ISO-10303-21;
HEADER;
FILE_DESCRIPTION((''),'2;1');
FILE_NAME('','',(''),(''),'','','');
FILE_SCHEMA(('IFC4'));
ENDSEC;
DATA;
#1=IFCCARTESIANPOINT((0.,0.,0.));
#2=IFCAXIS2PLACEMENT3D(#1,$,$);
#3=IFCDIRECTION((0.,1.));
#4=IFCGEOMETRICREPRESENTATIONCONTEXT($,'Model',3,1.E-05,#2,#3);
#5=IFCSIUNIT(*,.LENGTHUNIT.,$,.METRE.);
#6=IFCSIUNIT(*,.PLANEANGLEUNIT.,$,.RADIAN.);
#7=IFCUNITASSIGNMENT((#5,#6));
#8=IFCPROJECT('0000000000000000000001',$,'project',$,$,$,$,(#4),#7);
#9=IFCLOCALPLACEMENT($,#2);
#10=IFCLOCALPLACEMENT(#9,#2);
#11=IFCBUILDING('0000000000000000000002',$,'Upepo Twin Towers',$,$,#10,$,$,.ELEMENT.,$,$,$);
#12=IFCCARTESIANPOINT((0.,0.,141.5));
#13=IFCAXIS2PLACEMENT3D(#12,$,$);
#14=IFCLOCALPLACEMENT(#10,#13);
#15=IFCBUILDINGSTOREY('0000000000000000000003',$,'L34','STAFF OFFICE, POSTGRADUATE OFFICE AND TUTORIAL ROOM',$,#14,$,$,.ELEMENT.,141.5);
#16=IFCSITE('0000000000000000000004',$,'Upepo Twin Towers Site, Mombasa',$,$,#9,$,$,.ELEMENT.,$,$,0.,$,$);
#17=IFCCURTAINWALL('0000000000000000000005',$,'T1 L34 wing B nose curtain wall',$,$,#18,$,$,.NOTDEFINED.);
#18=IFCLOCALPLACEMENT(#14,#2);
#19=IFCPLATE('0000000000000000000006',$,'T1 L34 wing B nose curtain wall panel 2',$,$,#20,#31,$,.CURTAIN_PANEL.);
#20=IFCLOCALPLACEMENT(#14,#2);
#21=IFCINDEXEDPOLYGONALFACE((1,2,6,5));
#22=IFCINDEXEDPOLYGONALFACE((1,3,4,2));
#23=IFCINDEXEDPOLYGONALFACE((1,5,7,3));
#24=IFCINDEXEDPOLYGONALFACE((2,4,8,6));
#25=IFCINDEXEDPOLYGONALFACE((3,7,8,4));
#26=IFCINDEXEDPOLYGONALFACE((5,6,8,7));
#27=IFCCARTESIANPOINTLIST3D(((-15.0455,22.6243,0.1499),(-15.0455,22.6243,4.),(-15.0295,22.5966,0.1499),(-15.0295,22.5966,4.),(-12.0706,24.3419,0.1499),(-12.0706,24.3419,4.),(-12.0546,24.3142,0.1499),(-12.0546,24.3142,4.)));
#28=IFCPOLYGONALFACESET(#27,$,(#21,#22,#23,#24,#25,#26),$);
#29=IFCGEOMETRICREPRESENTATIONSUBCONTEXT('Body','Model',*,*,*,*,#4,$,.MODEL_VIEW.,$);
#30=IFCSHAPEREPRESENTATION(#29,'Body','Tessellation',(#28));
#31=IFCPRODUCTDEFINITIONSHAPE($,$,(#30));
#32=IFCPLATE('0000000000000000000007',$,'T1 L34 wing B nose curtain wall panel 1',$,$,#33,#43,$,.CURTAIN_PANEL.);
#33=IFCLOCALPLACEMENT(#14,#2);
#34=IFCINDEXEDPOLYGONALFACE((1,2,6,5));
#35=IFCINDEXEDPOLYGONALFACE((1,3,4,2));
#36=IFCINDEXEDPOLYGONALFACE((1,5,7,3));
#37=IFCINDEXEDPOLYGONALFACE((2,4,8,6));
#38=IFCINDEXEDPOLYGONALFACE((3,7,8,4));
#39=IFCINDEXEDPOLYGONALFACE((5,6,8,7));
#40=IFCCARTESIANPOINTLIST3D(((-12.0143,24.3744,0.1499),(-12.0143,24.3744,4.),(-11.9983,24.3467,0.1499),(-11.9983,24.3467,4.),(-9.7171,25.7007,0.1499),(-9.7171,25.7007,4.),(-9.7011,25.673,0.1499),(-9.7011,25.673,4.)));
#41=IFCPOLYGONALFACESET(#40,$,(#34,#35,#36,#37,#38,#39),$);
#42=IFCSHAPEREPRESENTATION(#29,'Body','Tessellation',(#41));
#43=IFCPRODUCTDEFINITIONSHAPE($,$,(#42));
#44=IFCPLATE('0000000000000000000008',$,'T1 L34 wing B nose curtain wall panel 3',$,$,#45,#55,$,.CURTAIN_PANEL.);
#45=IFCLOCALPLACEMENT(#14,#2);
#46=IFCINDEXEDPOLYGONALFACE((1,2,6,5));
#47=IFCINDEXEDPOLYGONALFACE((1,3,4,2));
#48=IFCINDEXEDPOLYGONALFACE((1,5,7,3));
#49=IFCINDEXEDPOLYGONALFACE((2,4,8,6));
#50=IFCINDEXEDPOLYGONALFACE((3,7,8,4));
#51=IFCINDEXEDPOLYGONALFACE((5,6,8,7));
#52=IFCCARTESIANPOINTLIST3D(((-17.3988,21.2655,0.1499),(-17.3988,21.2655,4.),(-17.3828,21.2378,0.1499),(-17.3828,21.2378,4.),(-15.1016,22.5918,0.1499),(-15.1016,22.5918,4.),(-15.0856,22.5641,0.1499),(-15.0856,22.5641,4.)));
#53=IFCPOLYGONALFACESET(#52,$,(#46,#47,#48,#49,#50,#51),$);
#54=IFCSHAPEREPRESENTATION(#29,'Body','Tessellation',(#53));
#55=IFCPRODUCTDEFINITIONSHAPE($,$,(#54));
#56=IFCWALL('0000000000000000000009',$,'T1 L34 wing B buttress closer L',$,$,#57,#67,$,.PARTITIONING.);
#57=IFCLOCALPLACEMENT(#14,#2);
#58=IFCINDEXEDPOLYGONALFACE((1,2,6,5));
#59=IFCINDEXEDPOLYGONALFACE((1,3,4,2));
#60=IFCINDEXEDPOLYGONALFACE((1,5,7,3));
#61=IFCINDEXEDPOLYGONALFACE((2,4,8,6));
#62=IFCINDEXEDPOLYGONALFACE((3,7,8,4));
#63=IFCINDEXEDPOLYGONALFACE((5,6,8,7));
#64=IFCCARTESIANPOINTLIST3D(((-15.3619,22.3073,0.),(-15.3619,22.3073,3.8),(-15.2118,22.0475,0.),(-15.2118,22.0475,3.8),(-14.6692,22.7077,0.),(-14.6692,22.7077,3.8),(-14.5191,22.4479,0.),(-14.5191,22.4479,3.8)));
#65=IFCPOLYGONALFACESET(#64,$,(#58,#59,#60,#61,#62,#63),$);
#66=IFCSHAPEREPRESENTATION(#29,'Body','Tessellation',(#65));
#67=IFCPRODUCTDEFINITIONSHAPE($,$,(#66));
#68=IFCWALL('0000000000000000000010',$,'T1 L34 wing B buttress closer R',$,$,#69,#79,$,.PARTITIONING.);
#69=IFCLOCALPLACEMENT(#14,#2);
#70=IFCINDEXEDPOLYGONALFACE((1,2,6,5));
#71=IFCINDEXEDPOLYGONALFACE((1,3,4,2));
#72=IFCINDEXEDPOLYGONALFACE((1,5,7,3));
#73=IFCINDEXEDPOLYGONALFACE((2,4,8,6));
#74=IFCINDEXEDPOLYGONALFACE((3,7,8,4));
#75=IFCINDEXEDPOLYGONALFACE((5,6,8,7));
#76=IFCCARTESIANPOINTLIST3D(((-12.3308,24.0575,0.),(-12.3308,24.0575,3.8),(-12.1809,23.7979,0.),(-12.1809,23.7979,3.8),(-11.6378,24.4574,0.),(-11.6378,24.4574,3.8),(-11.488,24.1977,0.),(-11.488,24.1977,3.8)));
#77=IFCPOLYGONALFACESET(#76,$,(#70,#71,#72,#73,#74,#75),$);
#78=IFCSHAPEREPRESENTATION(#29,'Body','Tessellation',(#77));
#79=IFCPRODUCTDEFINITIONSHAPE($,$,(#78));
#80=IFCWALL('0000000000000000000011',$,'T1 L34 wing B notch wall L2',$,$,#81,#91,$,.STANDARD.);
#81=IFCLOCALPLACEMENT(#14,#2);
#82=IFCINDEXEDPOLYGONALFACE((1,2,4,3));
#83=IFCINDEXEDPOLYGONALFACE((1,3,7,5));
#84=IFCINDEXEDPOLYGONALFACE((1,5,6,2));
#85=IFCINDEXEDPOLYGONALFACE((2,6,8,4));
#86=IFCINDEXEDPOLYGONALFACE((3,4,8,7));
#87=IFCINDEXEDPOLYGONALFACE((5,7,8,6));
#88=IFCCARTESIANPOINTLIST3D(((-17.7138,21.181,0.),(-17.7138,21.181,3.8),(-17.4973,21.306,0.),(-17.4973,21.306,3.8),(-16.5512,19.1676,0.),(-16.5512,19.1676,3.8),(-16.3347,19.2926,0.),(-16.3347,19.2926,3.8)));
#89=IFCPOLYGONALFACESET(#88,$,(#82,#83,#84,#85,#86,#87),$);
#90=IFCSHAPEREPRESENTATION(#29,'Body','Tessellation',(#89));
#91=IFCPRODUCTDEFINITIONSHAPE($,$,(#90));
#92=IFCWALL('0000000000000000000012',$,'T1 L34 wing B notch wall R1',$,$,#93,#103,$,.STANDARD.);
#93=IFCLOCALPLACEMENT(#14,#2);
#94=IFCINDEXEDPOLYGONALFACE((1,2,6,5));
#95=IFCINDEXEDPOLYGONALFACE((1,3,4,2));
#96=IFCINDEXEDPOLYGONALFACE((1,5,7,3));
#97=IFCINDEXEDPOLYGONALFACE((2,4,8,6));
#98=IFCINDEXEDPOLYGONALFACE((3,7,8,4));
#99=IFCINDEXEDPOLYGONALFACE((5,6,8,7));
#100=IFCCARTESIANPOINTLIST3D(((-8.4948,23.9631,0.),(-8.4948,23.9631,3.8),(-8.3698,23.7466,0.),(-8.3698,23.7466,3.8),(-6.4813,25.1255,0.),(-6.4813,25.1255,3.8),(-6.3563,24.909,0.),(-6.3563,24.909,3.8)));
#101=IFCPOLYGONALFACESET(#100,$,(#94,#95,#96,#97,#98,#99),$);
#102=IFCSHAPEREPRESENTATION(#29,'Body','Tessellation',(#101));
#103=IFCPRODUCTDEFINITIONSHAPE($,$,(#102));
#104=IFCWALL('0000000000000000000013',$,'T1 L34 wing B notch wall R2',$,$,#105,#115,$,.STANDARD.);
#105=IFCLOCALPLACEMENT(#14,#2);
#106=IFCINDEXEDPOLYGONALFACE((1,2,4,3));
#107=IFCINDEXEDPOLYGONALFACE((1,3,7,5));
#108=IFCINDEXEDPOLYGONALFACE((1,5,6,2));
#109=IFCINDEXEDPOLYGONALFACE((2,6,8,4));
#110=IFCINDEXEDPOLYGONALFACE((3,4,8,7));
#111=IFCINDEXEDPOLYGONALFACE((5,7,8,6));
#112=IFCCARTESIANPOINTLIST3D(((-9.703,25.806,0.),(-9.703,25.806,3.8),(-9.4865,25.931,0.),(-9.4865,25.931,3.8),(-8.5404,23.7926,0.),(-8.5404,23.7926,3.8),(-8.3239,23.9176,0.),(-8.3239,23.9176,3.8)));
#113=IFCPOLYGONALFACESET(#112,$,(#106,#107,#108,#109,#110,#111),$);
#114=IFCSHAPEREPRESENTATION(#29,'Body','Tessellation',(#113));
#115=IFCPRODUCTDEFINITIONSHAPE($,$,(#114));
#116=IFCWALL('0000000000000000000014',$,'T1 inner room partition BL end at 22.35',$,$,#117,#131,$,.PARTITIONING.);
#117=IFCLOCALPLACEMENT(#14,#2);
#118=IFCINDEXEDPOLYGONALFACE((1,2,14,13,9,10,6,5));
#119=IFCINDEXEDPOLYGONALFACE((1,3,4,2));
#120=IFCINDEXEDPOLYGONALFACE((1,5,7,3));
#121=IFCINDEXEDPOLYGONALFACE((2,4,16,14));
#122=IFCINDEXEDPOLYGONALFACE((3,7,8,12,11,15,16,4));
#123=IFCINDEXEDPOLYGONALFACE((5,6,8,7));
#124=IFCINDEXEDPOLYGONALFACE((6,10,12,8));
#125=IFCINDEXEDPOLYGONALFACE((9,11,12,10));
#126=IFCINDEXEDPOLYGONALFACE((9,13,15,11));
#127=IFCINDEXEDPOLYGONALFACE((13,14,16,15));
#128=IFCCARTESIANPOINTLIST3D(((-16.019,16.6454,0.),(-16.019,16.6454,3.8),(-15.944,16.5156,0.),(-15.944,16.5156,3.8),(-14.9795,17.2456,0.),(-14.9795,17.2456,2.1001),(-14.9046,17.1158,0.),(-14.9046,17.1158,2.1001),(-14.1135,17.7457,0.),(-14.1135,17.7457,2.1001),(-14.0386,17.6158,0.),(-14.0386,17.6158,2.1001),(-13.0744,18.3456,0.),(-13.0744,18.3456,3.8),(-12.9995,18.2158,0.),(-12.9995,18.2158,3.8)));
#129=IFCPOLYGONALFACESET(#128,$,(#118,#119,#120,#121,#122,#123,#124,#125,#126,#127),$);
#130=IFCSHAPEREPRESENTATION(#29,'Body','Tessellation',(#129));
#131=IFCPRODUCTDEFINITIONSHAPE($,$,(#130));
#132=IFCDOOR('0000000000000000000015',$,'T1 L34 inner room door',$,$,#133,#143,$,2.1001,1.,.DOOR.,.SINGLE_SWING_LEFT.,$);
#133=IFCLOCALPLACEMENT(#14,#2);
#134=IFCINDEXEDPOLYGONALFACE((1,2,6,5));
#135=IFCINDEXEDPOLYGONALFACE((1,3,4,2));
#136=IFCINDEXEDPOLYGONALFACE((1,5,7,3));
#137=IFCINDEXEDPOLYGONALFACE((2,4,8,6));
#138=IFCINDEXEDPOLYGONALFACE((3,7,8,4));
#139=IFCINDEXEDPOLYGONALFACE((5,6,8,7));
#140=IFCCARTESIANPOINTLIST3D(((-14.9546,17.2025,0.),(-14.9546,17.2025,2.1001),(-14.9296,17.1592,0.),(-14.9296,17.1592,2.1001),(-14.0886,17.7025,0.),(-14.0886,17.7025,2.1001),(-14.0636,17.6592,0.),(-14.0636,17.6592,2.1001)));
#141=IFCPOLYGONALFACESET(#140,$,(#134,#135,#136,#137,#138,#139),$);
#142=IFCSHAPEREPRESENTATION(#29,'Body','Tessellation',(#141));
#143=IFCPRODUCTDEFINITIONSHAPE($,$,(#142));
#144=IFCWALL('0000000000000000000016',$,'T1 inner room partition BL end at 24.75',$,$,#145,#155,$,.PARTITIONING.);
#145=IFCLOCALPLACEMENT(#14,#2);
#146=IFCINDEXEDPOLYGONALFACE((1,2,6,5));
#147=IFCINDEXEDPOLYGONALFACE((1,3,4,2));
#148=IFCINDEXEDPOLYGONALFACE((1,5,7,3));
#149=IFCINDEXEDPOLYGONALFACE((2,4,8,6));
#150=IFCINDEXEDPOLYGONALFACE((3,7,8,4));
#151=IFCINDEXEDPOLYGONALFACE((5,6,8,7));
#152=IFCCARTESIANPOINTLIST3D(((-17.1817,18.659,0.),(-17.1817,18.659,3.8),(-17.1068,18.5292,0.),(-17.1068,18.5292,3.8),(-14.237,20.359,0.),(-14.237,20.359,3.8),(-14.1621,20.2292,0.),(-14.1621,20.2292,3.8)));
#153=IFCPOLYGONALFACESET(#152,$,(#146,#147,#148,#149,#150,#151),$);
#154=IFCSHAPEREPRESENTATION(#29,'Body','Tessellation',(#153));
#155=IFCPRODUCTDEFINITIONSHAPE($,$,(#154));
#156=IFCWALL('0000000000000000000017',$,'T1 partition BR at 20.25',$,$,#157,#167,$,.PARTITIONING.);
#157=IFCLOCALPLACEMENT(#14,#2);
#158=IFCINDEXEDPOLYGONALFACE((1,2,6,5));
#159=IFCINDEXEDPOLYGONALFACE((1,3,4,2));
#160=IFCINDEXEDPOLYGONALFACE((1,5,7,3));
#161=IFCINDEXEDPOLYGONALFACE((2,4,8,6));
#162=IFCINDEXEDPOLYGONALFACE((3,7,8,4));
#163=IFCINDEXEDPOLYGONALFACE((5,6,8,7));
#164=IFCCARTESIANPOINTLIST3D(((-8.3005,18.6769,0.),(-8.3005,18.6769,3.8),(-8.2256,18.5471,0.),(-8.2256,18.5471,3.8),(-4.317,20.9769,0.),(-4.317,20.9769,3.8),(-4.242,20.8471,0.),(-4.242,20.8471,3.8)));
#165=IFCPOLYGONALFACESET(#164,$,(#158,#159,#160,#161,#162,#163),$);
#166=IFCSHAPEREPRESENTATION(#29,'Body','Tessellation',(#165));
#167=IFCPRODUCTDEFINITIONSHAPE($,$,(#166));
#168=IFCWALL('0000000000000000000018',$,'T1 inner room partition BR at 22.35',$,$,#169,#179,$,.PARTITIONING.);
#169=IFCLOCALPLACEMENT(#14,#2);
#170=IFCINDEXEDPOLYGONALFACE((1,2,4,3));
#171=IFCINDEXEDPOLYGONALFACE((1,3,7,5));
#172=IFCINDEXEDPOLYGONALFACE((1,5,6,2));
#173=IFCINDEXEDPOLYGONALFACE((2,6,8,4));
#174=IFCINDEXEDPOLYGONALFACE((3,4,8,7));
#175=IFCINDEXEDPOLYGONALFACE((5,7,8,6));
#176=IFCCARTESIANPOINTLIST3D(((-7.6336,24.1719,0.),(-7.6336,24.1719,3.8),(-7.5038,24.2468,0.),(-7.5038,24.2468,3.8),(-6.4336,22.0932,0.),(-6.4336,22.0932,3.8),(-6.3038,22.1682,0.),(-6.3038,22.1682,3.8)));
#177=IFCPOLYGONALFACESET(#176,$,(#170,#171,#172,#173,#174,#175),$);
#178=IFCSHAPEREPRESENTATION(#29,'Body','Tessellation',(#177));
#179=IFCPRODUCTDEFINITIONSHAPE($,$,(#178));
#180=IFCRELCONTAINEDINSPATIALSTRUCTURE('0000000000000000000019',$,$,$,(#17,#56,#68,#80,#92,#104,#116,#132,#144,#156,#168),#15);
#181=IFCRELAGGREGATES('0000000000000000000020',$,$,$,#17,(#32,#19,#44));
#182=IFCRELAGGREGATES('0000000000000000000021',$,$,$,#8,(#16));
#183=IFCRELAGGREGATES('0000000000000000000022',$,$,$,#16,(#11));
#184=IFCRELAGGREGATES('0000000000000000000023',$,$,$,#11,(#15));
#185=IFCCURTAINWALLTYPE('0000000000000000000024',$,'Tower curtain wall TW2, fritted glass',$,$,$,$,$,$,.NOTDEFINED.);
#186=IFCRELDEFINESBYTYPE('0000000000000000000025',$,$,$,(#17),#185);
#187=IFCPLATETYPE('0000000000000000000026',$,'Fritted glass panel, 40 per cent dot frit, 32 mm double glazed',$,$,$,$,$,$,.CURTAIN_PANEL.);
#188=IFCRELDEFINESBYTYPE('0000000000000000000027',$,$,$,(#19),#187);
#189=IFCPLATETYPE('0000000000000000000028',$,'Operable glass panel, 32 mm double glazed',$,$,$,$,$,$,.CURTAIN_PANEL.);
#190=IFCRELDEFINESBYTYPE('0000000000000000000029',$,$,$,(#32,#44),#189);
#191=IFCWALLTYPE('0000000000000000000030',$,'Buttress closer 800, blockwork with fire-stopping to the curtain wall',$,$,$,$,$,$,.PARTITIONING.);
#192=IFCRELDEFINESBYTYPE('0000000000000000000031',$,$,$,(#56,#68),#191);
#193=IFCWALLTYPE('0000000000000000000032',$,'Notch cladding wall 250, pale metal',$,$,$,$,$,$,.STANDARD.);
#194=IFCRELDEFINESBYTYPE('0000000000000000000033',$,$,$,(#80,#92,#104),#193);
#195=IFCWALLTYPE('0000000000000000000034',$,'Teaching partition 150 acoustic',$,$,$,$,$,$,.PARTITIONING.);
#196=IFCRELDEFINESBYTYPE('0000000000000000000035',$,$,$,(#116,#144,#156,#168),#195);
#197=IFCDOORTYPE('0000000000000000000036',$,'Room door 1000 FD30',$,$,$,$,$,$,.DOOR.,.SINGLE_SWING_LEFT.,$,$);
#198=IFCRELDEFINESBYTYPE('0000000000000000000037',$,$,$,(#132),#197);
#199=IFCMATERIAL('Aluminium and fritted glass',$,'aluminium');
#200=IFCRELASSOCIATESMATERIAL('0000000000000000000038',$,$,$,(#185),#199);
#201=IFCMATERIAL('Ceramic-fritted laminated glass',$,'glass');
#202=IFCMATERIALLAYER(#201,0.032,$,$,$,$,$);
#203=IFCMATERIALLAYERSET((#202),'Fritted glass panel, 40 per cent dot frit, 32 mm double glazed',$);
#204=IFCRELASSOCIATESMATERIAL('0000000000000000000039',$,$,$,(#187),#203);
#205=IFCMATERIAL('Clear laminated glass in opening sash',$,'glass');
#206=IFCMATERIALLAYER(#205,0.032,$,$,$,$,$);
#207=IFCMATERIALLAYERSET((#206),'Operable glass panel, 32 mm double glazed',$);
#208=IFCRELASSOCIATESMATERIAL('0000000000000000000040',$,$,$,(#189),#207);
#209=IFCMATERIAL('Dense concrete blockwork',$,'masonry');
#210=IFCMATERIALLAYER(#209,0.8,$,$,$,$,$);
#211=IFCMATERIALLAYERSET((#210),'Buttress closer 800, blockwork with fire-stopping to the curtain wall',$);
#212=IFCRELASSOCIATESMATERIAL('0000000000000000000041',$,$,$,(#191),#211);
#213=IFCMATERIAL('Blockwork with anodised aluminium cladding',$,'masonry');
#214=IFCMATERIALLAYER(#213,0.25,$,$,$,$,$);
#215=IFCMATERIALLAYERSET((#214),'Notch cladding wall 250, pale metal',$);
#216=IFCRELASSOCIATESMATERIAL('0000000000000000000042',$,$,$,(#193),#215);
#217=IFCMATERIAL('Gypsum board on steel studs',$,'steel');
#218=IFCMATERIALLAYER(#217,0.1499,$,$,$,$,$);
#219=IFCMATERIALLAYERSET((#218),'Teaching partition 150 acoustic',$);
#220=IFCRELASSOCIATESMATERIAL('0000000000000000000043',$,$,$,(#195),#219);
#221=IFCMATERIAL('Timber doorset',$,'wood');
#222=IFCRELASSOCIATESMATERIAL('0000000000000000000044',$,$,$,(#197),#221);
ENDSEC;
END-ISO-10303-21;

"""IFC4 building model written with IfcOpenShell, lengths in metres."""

from ifc_helpers import new_model, si_unit, direction, frame, frame_2d, origin, origin_2d, place, context, subcontext, project, spatial, rectangle, extrude, material, layer, layer_set, type_object, element, fill, aggregate, save


model = new_model("IFC4")

# Units and contexts
model_context = context("Model", 3, precision=1e-05, world=origin(), true_north=direction((0.0, 1.0)))
body_context = subcontext(model_context, "Body", "Model", "MODEL_VIEW")
ifc_project = project(units=[si_unit("LENGTHUNIT", "METRE"), si_unit("PLANEANGLEUNIT", "RADIAN")], contexts=[model_context])

# Site, building, storey
site_placement = place(None, origin())
site = spatial("IfcSite", under=ifc_project, at=site_placement, Name="Upepo Twin Towers Site, Mombasa", CompositionType="ELEMENT", RefElevation=0.0)
building_placement = place(site_placement, origin())
building = spatial("IfcBuilding", under=site, at=building_placement, Name="Upepo Twin Towers", CompositionType="ELEMENT")
storey_placement = place(building_placement, frame((0.0, 0.0, 141.5)))
storey = spatial("IfcBuildingStorey", under=building, at=storey_placement, Name="L34", Description="STAFF OFFICE, POSTGRADUATE OFFICE AND TUTORIAL ROOM", CompositionType="ELEMENT", Elevation=141.5)

# Shared definitions
ifc_material_1 = material(Name="Aluminium and fritted glass", Category="aluminium")
curtain_wall_type = type_object("IfcCurtainWallType", Name="Tower curtain wall TW2, fritted glass", PredefinedType="NOTDEFINED", material=ifc_material_1)

# Curtain wall
curtain_wall_1_placement = place(storey_placement, origin())
curtain_wall_1 = element("IfcCurtainWall", 1, at=curtain_wall_1_placement, inside=storey, type_object=curtain_wall_type, Name="T1 L34 wing B nose curtain wall", PredefinedType="NOTDEFINED")

# Plates
ifc_material_2 = material(Name="Ceramic-fritted laminated glass", Category="glass")
ifc_layer_1 = layer(ifc_material_2, 0.032)
ifc_layer_set_1 = layer_set([ifc_layer_1], Name="Fritted glass panel, 40 per cent dot frit, 32 mm double glazed")
plate_type_1 = type_object("IfcPlateType", Name="Fritted glass panel, 40 per cent dot frit, 32 mm double glazed", PredefinedType="CURTAIN_PANEL", material=ifc_layer_set_1)
plate_1_placement = place(storey_placement, frame((-13.55, 23.4692, 0.1499), z_axis=(0.0, 0.0, 1.0), x_axis=(-0.866025, -0.5, 0.0)))
plate_1 = element("IfcPlate", 2, at=plate_1_placement, type_object=plate_type_1, Name="T1 L34 wing B nose curtain wall panel 2", PredefinedType="CURTAIN_PANEL", context=body_context, shape_type="SweptSolid", body=[
    extrude(rectangle(XDim=3.4351, YDim=0.032, at=origin_2d()), origin(), (0.0, 0.0, 1.0), 3.8501),
])
ifc_material_3 = material(Name="Clear laminated glass in opening sash", Category="glass")
ifc_layer_2 = layer(ifc_material_3, 0.032)
ifc_layer_set_2 = layer_set([ifc_layer_2], Name="Operable glass panel, 32 mm double glazed")
plate_type_2 = type_object("IfcPlateType", Name="Operable glass panel, 32 mm double glazed", PredefinedType="CURTAIN_PANEL", material=ifc_layer_set_2)
plate_2_placement = place(storey_placement, frame((-10.8577, 25.0237, 0.1499), z_axis=(0.0, 0.0, 1.0), x_axis=(-0.866025, -0.5, 0.0)))
plate_2 = element("IfcPlate", 3, at=plate_2_placement, type_object=plate_type_2, Name="T1 L34 wing B nose curtain wall panel 1", PredefinedType="CURTAIN_PANEL", context=body_context, shape_type="SweptSolid", body=[
    extrude(rectangle(XDim=2.6526, YDim=0.032, at=origin_2d()), origin(), (0.0, 0.0, 1.0), 3.8501),
])
plate_3_placement = place(storey_placement, frame((-16.2422, 21.9148, 0.1499), z_axis=(0.0, 0.0, 1.0), x_axis=(-0.866025, -0.5, 0.0)))
plate_3 = element("IfcPlate", 4, at=plate_3_placement, type_object=plate_type_2, Name="T1 L34 wing B nose curtain wall panel 3", PredefinedType="CURTAIN_PANEL", context=body_context, shape_type="SweptSolid", body=[
    extrude(rectangle(XDim=2.6526, YDim=0.032, at=origin_2d()), origin(), (0.0, 0.0, 1.0), 3.8501),
])
aggregate(curtain_wall_1, [plate_2, plate_1, plate_3])

# Walls
ifc_material_4 = material(Name="Dense concrete blockwork", Category="masonry")
ifc_layer_3 = layer(ifc_material_4, 0.8)
ifc_layer_set_3 = layer_set([ifc_layer_3], Name="Buttress closer 800, blockwork with fire-stopping to the curtain wall")
wall_type_1 = type_object("IfcWallType", Name="Buttress closer 800, blockwork with fire-stopping to the curtain wall", PredefinedType="PARTITIONING", material=ifc_layer_set_3)
wall_1_placement = place(storey_placement, frame((-14.8655, 22.2478, 0.0), z_axis=(0.0, 0.0, 1.0), x_axis=(-0.500427, 0.865779, 0.0)))
element("IfcWall", 5, at=wall_1_placement, inside=storey, type_object=wall_type_1, Name="T1 L34 wing B buttress closer L", PredefinedType="PARTITIONING", context=body_context, shape_type="SweptSolid", body=[
    extrude(rectangle(XDim=0.3, YDim=0.8, at=frame_2d((0.1499, 0.0))), origin(), (0.0, 0.0, 1.0), 3.8),
])
wall_2_placement = place(storey_placement, frame((-11.8345, 23.9978, 0.0), z_axis=(0.0, 0.0, 1.0), x_axis=(-0.499816, 0.866131, 0.0)))
element("IfcWall", 6, at=wall_2_placement, inside=storey, type_object=wall_type_1, Name="T1 L34 wing B buttress closer R", PredefinedType="PARTITIONING", context=body_context, shape_type="SweptSolid", body=[
    extrude(rectangle(XDim=0.2998, YDim=0.8, at=frame_2d((0.1499, 0.0))), origin(), (0.0, 0.0, 1.0), 3.8),
])
ifc_material_5 = material(Name="Blockwork with anodised aluminium cladding", Category="masonry")
ifc_layer_4 = layer(ifc_material_5, 0.25)
ifc_layer_set_4 = layer_set([ifc_layer_4], Name="Notch cladding wall 250, pale metal")
wall_type_2 = type_object("IfcWallType", Name="Notch cladding wall 250, pale metal", PredefinedType="STANDARD", material=ifc_layer_set_4)
for number, where, z_axis, x_axis, name in (
    (7, (-16.4429, 19.23, 0.0), (0.0, 0.0, 1.0), (-0.500047, 0.865998, 0.0), "T1 L34 wing B notch wall L2"),
    (8, (-6.4187, 25.0173, 0.0), (0.0, 0.0, 1.0), (-0.866044, -0.499968, 0.0), "T1 L34 wing B notch wall R1"),
    (9, (-8.4321, 23.855, 0.0), (0.0, 0.0, 1.0), (-0.500047, 0.865998, 0.0), "T1 L34 wing B notch wall R2"),
):
    element("IfcWall", number, at=place(storey_placement, frame(where, z_axis=z_axis, x_axis=x_axis)), inside=storey, type_object=wall_type_2, Name=name, PredefinedType="STANDARD", context=body_context, shape_type="SweptSolid", body=[
        extrude(rectangle(XDim=2.325, YDim=0.25, at=frame_2d((1.1626, 0.0))), origin(), (0.0, 0.0, 1.0), 3.8),
    ])

# Wall, opening, door
ifc_material_6 = material(Name="Gypsum board on steel studs", Category="steel")
ifc_layer_5 = layer(ifc_material_6, 0.1499)
ifc_layer_set_5 = layer_set([ifc_layer_5], Name="Teaching partition 150 acoustic")
wall_type_3 = type_object("IfcWallType", Name="Teaching partition 150 acoustic", PredefinedType="PARTITIONING", material=ifc_layer_set_5)
wall_3_placement = place(storey_placement, frame((-13.0369, 18.2808, 0.0), z_axis=(0.0, 0.0, 1.0), x_axis=(-0.866007, -0.500031, 0.0)))
wall_3 = element("IfcWall", 10, at=wall_3_placement, inside=storey, type_object=wall_type_3, Name="T1 inner room partition BL end at 22.35", PredefinedType="PARTITIONING", context=body_context, shape_type="SweptSolid", body=[
    extrude(rectangle(XDim=3.4001, YDim=0.1499, at=frame_2d((1.7002, 0.0))), origin(), (0.0, 0.0, 1.0), 3.8),
])
opening_1_placement = place(wall_3_placement, frame((1.2, 0.0, 0.0)))
opening_1 = element("IfcOpeningElement", 11, at=opening_1_placement, cuts=wall_3, PredefinedType="OPENING", context=body_context, shape_type="SweptSolid", body=[
    extrude(rectangle(XDim=1.0, YDim=2.1001, at=frame_2d((0.5, 1.05))), frame((0.0, 0.085, 0.0), z_axis=(0.0, -1.0, 0.0), x_axis=(1.0, 0.0, 0.0)), (0.0, 0.0, 1.0), 0.1699),
])
ifc_material_7 = material(Name="Timber doorset", Category="wood")
door_type = type_object("IfcDoorType", Name="Room door 1000 FD30", OperationType="SINGLE_SWING_LEFT", PredefinedType="DOOR", material=ifc_material_7)
door_1_placement = place(opening_1_placement, origin())
door_1 = element("IfcDoor", 12, at=door_1_placement, inside=storey, type_object=door_type, Name="T1 L34 inner room door", OperationType="SINGLE_SWING_LEFT", OverallHeight=2.1001, OverallWidth=1.0, PredefinedType="DOOR", context=body_context, shape_type="SweptSolid", body=[
    extrude(rectangle(XDim=1.0, YDim=2.1001, at=frame_2d((0.5, 1.05))), frame((0.0, 0.0249, 0.0), z_axis=(0.0, -1.0, 0.0), x_axis=(1.0, 0.0, 0.0)), (0.0, 0.0, 1.0), 0.05),
])
fill(opening_1, door_1)

# Walls
wall_4_placement = place(storey_placement, frame((-14.1995, 20.2942, 0.0), z_axis=(0.0, 0.0, 1.0), x_axis=(-0.866039, -0.499977, 0.0)))
element("IfcWall", 13, at=wall_4_placement, inside=storey, type_object=wall_type_3, Name="T1 inner room partition BL end at 24.75", PredefinedType="PARTITIONING", context=body_context, shape_type="SweptSolid", body=[
    extrude(rectangle(XDim=3.4001, YDim=0.1499, at=frame_2d((1.7002, 0.0))), origin(), (0.0, 0.0, 1.0), 3.8),
])
wall_5_placement = place(storey_placement, frame((-8.2629, 18.6121, 0.0), z_axis=(0.0, 0.0, 1.0), x_axis=(0.866017, 0.500015, 0.0)))
element("IfcWall", 14, at=wall_5_placement, inside=storey, type_object=wall_type_3, Name="T1 partition BR at 20.25", PredefinedType="PARTITIONING", context=body_context, shape_type="SweptSolid", body=[
    extrude(rectangle(XDim=4.5999, YDim=0.1499, at=frame_2d((2.2998, 0.0))), origin(), (0.0, 0.0, 1.0), 3.8),
])
wall_6_placement = place(storey_placement, frame((-6.3687, 22.1306, 0.0), z_axis=(0.0, 0.0, 1.0), x_axis=(-0.499957, 0.86605, 0.0)))
element("IfcWall", 15, at=wall_6_placement, inside=storey, type_object=wall_type_3, Name="T1 inner room partition BR at 22.35", PredefinedType="PARTITIONING", context=body_context, shape_type="SweptSolid", body=[
    extrude(rectangle(XDim=2.4001, YDim=0.1499, at=frame_2d((1.2002, 0.0))), origin(), (0.0, 0.0, 1.0), 3.8),
])

save(model, "model.ifc")
